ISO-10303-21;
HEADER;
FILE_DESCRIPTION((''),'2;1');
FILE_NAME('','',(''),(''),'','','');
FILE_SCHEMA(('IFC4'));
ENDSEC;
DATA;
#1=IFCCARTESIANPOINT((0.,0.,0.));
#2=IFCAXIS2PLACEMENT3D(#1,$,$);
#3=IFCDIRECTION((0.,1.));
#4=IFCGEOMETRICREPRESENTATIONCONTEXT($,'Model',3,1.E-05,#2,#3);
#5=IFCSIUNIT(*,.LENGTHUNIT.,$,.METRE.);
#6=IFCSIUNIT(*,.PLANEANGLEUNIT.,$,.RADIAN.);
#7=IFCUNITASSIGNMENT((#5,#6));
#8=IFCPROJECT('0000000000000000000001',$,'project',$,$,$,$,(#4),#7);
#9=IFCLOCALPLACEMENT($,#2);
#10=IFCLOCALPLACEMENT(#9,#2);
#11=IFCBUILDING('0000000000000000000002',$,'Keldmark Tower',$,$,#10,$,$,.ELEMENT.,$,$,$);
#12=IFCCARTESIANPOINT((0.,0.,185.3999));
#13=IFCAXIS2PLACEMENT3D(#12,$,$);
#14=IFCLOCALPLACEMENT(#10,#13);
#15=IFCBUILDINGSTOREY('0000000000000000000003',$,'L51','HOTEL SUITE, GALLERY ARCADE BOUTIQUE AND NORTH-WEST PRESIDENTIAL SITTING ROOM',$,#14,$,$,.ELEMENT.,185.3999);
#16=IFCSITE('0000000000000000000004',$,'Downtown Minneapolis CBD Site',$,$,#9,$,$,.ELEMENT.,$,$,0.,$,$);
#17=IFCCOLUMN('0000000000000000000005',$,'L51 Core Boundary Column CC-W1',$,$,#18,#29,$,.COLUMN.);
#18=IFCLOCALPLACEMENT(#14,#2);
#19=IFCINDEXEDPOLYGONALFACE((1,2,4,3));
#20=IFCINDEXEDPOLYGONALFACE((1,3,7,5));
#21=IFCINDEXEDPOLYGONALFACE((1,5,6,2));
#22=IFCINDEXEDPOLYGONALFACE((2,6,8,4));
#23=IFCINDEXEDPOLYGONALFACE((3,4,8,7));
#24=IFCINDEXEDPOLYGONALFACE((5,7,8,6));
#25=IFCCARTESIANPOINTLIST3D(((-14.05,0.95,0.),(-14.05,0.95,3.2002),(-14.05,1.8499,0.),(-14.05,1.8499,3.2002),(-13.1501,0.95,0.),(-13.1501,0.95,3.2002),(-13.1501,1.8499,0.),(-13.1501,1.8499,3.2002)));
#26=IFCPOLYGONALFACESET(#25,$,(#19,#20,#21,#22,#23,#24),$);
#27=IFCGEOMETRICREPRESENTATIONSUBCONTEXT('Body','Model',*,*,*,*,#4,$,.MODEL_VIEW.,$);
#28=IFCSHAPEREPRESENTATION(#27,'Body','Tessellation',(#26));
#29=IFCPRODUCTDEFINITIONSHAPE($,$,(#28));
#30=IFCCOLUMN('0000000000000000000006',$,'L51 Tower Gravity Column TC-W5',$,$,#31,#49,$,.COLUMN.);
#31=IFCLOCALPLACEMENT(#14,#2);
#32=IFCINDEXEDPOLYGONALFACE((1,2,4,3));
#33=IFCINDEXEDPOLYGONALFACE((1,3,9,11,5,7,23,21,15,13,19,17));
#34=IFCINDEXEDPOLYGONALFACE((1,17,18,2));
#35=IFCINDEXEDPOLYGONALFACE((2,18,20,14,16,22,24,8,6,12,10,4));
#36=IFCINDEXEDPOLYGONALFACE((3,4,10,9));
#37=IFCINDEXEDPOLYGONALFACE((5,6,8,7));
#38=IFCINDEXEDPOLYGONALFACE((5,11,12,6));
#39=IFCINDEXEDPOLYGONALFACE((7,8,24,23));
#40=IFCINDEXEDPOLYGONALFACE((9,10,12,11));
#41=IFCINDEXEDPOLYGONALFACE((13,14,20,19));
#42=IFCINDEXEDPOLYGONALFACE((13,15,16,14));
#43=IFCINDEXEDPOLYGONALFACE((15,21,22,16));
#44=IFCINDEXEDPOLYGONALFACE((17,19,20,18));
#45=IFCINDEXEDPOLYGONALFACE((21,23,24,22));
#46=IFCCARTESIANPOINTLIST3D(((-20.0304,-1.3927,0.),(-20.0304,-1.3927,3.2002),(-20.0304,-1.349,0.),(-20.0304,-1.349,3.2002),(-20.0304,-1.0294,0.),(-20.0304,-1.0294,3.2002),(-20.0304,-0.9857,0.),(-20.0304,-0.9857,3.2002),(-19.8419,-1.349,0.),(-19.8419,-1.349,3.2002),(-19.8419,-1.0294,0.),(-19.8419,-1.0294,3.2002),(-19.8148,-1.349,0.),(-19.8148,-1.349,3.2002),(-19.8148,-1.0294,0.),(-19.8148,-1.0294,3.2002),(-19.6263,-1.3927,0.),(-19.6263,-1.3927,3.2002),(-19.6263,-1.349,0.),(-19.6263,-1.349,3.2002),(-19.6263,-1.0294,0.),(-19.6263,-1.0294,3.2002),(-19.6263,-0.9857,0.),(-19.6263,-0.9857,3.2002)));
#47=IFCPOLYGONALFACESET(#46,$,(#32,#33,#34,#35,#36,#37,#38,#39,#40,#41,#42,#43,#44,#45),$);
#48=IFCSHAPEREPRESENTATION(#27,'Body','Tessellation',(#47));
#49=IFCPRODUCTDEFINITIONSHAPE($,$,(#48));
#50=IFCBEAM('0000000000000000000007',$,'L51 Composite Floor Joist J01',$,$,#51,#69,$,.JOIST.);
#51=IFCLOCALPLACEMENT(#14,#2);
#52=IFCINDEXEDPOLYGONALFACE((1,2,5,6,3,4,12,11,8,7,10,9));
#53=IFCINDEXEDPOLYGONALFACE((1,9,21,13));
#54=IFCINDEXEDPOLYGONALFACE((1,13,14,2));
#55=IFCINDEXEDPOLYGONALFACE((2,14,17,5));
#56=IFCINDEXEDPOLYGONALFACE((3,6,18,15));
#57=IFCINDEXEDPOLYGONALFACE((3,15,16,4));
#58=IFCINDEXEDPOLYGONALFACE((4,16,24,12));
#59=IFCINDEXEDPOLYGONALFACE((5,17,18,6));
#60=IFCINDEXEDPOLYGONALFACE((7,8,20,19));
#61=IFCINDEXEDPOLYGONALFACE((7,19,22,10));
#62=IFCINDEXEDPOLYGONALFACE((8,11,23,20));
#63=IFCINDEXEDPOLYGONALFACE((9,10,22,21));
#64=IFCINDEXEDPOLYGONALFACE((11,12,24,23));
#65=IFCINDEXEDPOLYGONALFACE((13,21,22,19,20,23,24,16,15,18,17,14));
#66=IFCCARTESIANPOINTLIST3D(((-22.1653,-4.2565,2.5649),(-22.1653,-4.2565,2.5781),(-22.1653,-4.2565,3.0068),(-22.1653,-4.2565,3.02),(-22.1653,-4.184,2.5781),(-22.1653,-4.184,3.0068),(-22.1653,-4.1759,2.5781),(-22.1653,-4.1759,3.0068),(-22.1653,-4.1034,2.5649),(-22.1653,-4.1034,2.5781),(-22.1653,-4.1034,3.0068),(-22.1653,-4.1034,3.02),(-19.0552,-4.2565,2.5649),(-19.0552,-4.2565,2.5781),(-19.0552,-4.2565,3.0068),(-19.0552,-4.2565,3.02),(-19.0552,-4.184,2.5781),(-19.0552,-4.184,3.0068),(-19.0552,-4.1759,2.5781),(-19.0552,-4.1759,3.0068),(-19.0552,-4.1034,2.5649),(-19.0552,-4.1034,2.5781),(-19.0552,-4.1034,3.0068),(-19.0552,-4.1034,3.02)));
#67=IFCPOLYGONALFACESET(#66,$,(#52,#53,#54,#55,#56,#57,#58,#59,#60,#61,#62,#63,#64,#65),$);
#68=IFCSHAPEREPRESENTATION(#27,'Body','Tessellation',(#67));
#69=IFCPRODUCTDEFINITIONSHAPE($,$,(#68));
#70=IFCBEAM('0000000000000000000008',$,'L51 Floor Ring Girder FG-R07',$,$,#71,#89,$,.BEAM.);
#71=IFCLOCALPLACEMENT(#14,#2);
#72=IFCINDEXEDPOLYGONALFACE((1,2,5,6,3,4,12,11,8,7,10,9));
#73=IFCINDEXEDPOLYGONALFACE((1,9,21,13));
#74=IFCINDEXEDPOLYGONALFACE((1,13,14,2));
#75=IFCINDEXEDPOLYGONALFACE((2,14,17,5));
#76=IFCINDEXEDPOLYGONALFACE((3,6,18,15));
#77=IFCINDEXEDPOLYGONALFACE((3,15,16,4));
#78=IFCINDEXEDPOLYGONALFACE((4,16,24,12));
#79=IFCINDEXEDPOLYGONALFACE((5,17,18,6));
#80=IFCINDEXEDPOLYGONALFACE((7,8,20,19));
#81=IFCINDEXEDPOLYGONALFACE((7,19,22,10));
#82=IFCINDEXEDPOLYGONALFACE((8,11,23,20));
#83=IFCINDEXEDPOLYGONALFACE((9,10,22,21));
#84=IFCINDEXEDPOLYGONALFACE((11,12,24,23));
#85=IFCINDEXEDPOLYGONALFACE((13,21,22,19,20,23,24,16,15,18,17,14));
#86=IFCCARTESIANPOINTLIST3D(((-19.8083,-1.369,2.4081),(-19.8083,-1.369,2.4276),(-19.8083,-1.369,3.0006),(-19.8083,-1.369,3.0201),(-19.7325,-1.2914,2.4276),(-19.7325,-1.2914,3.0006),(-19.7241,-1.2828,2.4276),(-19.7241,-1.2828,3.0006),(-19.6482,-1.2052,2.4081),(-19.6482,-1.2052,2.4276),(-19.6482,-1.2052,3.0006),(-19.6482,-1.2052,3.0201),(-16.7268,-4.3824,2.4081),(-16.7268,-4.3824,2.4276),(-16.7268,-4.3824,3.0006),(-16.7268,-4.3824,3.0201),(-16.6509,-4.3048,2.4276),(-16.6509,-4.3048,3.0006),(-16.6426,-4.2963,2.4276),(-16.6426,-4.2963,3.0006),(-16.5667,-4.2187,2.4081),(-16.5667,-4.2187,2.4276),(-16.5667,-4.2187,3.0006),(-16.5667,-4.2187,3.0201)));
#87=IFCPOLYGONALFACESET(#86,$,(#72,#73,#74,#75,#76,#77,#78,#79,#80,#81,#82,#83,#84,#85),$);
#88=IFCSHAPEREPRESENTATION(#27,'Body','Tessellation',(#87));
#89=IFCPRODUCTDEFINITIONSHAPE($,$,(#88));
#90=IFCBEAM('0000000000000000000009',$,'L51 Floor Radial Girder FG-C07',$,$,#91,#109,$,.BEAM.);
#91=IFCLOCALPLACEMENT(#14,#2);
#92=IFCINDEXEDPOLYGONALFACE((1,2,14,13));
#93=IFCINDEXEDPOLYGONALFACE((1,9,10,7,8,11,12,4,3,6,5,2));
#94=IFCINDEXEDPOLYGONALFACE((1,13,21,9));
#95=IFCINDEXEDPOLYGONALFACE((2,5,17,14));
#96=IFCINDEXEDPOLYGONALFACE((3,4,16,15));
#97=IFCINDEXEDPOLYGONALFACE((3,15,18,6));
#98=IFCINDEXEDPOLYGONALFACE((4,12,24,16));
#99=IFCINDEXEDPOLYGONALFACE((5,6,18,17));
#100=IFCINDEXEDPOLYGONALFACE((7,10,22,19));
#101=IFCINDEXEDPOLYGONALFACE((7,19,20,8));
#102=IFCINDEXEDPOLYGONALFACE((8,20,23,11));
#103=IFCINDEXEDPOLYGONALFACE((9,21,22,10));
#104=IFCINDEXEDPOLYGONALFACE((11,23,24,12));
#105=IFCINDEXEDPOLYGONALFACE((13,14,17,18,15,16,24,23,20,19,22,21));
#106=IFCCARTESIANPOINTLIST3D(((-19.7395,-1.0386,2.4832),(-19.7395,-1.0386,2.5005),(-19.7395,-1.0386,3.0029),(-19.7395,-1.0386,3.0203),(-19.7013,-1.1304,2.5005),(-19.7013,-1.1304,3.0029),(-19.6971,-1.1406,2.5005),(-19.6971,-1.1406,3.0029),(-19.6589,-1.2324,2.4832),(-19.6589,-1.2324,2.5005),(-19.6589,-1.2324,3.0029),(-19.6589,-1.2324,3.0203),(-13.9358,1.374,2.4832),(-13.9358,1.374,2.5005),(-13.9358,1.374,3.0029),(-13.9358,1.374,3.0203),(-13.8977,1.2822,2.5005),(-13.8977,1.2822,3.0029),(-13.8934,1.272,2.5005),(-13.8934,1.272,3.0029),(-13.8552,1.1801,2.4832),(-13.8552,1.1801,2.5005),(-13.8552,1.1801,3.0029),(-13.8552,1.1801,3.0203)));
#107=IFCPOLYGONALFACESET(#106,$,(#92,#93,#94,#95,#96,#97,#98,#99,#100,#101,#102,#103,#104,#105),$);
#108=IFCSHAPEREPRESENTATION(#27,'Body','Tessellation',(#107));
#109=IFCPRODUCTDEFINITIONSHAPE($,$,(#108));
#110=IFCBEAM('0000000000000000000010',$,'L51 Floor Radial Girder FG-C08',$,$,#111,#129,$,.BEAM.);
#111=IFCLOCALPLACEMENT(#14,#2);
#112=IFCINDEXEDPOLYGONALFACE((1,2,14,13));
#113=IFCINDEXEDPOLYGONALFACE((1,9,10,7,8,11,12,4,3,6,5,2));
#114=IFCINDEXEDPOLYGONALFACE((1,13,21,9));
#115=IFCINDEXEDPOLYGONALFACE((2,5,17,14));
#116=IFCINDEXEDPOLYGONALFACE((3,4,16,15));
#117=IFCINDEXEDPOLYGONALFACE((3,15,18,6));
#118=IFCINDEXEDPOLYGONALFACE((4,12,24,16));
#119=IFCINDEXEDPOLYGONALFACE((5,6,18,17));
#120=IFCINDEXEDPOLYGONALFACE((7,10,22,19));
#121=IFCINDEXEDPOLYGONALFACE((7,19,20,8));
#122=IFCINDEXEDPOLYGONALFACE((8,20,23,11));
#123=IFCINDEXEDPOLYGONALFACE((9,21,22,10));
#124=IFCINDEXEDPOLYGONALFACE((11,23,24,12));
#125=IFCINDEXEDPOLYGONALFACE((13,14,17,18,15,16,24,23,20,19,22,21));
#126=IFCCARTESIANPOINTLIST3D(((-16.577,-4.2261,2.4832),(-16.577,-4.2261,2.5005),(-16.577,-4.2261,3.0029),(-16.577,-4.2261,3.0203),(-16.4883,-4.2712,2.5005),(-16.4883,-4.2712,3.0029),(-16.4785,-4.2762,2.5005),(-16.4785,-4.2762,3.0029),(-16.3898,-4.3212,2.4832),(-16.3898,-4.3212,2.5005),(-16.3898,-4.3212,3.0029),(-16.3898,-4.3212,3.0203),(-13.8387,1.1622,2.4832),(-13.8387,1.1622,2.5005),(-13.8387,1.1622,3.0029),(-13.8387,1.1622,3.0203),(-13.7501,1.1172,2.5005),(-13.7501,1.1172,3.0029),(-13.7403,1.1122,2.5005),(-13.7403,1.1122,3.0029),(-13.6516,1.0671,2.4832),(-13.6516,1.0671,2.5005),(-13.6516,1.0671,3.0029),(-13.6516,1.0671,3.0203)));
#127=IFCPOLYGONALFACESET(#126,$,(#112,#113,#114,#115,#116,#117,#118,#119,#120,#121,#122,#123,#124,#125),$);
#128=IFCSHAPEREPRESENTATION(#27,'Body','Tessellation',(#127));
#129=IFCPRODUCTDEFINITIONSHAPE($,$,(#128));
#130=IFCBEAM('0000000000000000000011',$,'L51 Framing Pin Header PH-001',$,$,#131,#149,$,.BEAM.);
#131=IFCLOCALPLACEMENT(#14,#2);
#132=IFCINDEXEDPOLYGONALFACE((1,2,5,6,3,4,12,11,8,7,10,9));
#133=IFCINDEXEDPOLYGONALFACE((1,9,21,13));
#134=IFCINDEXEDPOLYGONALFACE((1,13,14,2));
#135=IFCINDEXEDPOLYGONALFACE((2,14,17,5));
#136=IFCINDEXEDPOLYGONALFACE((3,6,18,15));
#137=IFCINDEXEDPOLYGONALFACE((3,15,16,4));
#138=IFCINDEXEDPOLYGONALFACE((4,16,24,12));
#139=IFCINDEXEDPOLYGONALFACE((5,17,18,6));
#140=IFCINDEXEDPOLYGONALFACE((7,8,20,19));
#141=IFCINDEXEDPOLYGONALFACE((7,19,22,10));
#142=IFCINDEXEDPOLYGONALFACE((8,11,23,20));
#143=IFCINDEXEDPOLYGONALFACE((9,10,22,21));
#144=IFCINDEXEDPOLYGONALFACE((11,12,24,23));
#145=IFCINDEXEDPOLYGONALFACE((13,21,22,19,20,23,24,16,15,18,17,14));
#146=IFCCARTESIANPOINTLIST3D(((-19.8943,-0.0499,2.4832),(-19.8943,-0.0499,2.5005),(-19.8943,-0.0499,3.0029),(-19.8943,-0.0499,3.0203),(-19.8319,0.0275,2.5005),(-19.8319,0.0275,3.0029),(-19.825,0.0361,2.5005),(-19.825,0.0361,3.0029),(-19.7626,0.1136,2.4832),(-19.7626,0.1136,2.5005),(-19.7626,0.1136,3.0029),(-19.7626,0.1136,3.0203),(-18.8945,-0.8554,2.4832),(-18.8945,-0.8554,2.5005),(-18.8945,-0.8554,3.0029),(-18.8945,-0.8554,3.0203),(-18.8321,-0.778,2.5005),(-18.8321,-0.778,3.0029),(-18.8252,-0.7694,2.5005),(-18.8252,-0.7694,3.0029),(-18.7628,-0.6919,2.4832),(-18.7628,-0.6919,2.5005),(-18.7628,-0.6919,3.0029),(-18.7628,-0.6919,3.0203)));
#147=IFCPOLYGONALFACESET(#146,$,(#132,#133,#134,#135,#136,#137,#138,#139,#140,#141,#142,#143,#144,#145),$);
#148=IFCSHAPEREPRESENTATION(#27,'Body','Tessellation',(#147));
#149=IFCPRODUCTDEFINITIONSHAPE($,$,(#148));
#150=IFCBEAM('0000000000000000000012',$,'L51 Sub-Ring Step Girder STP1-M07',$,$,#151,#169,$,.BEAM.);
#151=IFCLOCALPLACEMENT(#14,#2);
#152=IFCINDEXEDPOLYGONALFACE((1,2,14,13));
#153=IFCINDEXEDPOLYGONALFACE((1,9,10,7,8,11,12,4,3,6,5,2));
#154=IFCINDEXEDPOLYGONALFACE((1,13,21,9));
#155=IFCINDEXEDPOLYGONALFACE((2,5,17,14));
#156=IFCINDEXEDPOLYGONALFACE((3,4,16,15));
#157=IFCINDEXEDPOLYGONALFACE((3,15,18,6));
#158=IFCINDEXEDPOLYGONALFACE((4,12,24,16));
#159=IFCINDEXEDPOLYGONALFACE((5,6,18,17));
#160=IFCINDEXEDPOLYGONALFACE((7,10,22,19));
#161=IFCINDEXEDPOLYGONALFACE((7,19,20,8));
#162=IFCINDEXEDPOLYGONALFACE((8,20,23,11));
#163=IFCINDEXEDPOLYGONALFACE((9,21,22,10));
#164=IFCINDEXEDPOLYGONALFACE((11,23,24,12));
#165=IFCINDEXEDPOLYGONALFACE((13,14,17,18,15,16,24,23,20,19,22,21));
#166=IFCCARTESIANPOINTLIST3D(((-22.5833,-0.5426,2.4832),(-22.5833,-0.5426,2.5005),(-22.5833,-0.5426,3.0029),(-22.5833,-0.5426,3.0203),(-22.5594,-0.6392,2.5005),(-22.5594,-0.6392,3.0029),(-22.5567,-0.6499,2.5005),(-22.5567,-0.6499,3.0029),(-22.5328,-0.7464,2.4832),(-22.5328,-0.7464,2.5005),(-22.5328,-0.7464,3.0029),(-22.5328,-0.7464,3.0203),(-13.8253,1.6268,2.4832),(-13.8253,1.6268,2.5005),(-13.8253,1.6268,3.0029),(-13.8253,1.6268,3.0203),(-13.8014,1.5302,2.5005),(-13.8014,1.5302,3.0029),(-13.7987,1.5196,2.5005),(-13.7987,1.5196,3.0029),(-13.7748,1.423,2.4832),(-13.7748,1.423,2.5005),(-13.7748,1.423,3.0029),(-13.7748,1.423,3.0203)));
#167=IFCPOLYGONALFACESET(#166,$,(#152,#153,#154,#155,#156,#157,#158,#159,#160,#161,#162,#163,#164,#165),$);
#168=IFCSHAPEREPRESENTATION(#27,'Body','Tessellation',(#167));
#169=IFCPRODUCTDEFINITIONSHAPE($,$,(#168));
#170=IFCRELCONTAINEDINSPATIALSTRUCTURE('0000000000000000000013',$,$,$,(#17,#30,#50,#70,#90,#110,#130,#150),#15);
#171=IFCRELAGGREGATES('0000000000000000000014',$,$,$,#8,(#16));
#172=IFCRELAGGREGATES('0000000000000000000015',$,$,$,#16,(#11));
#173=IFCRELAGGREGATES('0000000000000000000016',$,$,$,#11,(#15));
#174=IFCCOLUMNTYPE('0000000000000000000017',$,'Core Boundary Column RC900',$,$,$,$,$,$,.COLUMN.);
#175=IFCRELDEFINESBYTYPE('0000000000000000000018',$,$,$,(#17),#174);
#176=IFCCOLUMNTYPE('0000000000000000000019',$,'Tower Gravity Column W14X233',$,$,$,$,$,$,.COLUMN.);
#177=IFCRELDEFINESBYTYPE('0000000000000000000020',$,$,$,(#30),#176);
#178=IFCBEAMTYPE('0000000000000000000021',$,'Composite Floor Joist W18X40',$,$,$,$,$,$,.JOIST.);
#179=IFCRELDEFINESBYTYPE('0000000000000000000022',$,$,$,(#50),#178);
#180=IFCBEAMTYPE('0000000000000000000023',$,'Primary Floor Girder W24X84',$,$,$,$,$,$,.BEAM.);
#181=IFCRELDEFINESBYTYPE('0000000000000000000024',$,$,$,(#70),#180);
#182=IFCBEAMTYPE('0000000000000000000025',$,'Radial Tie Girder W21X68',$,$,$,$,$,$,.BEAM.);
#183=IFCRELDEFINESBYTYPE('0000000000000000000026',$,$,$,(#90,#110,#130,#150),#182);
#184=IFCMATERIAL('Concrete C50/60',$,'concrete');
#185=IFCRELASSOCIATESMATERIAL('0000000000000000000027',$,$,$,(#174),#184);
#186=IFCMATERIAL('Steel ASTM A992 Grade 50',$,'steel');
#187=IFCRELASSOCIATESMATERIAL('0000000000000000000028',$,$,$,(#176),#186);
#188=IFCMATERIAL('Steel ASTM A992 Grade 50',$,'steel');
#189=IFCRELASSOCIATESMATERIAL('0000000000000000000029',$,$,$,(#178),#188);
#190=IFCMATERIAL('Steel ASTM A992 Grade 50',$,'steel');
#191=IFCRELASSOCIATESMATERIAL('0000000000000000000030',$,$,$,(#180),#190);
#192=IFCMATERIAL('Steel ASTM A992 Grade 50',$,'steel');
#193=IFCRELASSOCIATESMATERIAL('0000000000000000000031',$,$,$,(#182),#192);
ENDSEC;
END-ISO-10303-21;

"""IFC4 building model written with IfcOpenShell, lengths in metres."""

from ifc_helpers import new_model, si_unit, direction, frame, origin, origin_2d, place, context, subcontext, project, spatial, rectangle, i_section, extrude, material, material_profile, profile_set, type_object, element, save


model = new_model("IFC4")

# Units and contexts
model_context = context("Model", 3, precision=1e-05, world=origin(), true_north=direction((0.0, 1.0)))
body_context = subcontext(model_context, "Body", "Model", "MODEL_VIEW")
ifc_project = project(units=[si_unit("LENGTHUNIT", "METRE"), si_unit("PLANEANGLEUNIT", "RADIAN")], contexts=[model_context])

# Site, building, storey
site_placement = place(None, origin())
site = spatial("IfcSite", under=ifc_project, at=site_placement, Name="Downtown Minneapolis CBD Site", CompositionType="ELEMENT", RefElevation=0.0)
building_placement = place(site_placement, origin())
building = spatial("IfcBuilding", under=site, at=building_placement, Name="Keldmark Tower", CompositionType="ELEMENT")
storey_placement = place(building_placement, frame((0.0, 0.0, 185.3999)))
storey = spatial("IfcBuildingStorey", under=building, at=storey_placement, Name="L51", Description="HOTEL SUITE, GALLERY ARCADE BOUTIQUE AND NORTH-WEST PRESIDENTIAL SITTING ROOM", CompositionType="ELEMENT", Elevation=185.3999)

# Columns
ifc_material_1 = material(Name="Concrete C50/60", Category="concrete")
ifc_material_profile_1 = material_profile(ifc_material_1, rectangle(XDim=0.8999, YDim=0.8999, at=origin_2d()), Name="RC900X900")
ifc_profile_set_1 = profile_set([ifc_material_profile_1], Name="Concrete C50/60")
column_type_1 = type_object("IfcColumnType", Name="Core Boundary Column RC900", PredefinedType="COLUMN", material=ifc_profile_set_1)
column_1_placement = place(storey_placement, frame((-13.6001, 1.3999, 0.0), z_axis=(0.0, 0.0, 1.0), x_axis=(1.0, 0.0, 0.0)))
element("IfcColumn", 1, at=column_1_placement, inside=storey, type_object=column_type_1, Name="L51 Core Boundary Column CC-W1", PredefinedType="COLUMN", context=body_context, shape_type="SweptSolid", body=[
    extrude(rectangle(XDim=0.8999, YDim=0.8999, at=origin_2d()), origin(), (0.0, 0.0, 1.0), 3.2002),
])
ifc_material_2 = material(Name="Steel ASTM A992 Grade 50", Category="steel")
ifc_material_profile_2 = material_profile(ifc_material_2, i_section(OverallWidth=0.4041, OverallDepth=0.407, WebThickness=0.0271, FlangeThickness=0.0437, at=origin_2d()), Name="W14X233")
ifc_profile_set_2 = profile_set([ifc_material_profile_2], Name="Steel ASTM A992 Grade 50")
column_type_2 = type_object("IfcColumnType", Name="Tower Gravity Column W14X233", PredefinedType="COLUMN", material=ifc_profile_set_2)
column_2_placement = place(storey_placement, frame((-19.8284, -1.1892, 0.0), z_axis=(0.0, 0.0, 1.0), x_axis=(1.0, 0.0, 0.0)))
element("IfcColumn", 2, at=column_2_placement, inside=storey, type_object=column_type_2, Name="L51 Tower Gravity Column TC-W5", PredefinedType="COLUMN", context=body_context, shape_type="SweptSolid", body=[
    extrude(i_section(OverallWidth=0.4041, OverallDepth=0.407, WebThickness=0.0271, FlangeThickness=0.0437, at=origin_2d()), origin(), (0.0, 0.0, 1.0), 3.2002),
])

# Beams
ifc_material_3 = material(Name="Steel ASTM A992 Grade 50", Category="steel")
ifc_material_profile_3 = material_profile(ifc_material_3, i_section(OverallWidth=0.1531, OverallDepth=0.4551, WebThickness=0.0081, FlangeThickness=0.0132, at=origin_2d()), Name="W18X40")
ifc_profile_set_3 = profile_set([ifc_material_profile_3], Name="Steel ASTM A992 Grade 50")
beam_type_1 = type_object("IfcBeamType", Name="Composite Floor Joist W18X40", PredefinedType="JOIST", material=ifc_profile_set_3)
beam_1_placement = place(storey_placement, frame((-22.1653, -4.1799, 2.7925), z_axis=(1.0, 0.0, 0.0), x_axis=(0.0, 1.0, 0.0)))
element("IfcBeam", 3, at=beam_1_placement, inside=storey, type_object=beam_type_1, Name="L51 Composite Floor Joist J01", PredefinedType="JOIST", context=body_context, shape_type="SweptSolid", body=[
    extrude(i_section(OverallWidth=0.1531, OverallDepth=0.4551, WebThickness=0.0081, FlangeThickness=0.0132, at=origin_2d()), origin(), (0.0, 0.0, 1.0), 3.1101),
])
ifc_material_4 = material(Name="Steel ASTM A992 Grade 50", Category="steel")
ifc_material_profile_4 = material_profile(ifc_material_4, i_section(OverallWidth=0.229, OverallDepth=0.6121, WebThickness=0.012, FlangeThickness=0.0195, at=origin_2d()), Name="W24X84")
ifc_profile_set_4 = profile_set([ifc_material_profile_4], Name="Steel ASTM A992 Grade 50")
beam_type_2 = type_object("IfcBeamType", Name="Primary Floor Girder W24X84", PredefinedType="BEAM", material=ifc_profile_set_4)
beam_2_placement = place(storey_placement, frame((-19.7283, -1.2871, 2.7141), z_axis=(0.714965, -0.699161, 0.0), x_axis=(0.699161, 0.714965, 0.0)))
element("IfcBeam", 4, at=beam_2_placement, inside=storey, type_object=beam_type_2, Name="L51 Floor Ring Girder FG-R07", PredefinedType="BEAM", context=body_context, shape_type="SweptSolid", body=[
    extrude(i_section(OverallWidth=0.229, OverallDepth=0.6121, WebThickness=0.012, FlangeThickness=0.0195, at=origin_2d()), origin(), (0.0, 0.0, 1.0), 4.3101),
])
ifc_material_5 = material(Name="Steel ASTM A992 Grade 50", Category="steel")
ifc_material_profile_5 = material_profile(ifc_material_5, i_section(OverallWidth=0.21, OverallDepth=0.5371, WebThickness=0.011, FlangeThickness=0.0173, at=origin_2d()), Name="W21X68")
ifc_profile_set_5 = profile_set([ifc_material_profile_5], Name="Steel ASTM A992 Grade 50")
beam_type_3 = type_object("IfcBeamType", Name="Radial Tie Girder W21X68", PredefinedType="BEAM", material=ifc_profile_set_5)
beam_3_placement = place(storey_placement, frame((-19.6992, -1.1355, 2.7517), z_axis=(0.923394, 0.383854, 0.0), x_axis=(-0.383854, 0.923394, 0.0)))
element("IfcBeam", 5, at=beam_3_placement, inside=storey, type_object=beam_type_3, Name="L51 Floor Radial Girder FG-C07", PredefinedType="BEAM", context=body_context, shape_type="SweptSolid", body=[
    extrude(i_section(OverallWidth=0.21, OverallDepth=0.5371, WebThickness=0.011, FlangeThickness=0.0173, at=origin_2d()), origin(), (0.0, 0.0, 1.0), 6.2852),
])
beam_4_placement = place(storey_placement, frame((-16.4834, -4.2737, 2.7517), z_axis=(0.453037, 0.891492, 0.0), x_axis=(-0.891492, 0.453037, 0.0)))
element("IfcBeam", 6, at=beam_4_placement, inside=storey, type_object=beam_type_3, Name="L51 Floor Radial Girder FG-C08", PredefinedType="BEAM", context=body_context, shape_type="SweptSolid", body=[
    extrude(i_section(OverallWidth=0.21, OverallDepth=0.5371, WebThickness=0.011, FlangeThickness=0.0173, at=origin_2d()), origin(), (0.0, 0.0, 1.0), 6.0442),
])
beam_5_placement = place(storey_placement, frame((-18.8286, -0.7737, 2.7517), z_axis=(-0.778731, 0.627358, 0.0), x_axis=(-0.627358, -0.778731, 0.0)))
element("IfcBeam", 7, at=beam_5_placement, inside=storey, type_object=beam_type_3, Name="L51 Framing Pin Header PH-001", PredefinedType="BEAM", context=body_context, shape_type="SweptSolid", body=[
    extrude(i_section(OverallWidth=0.21, OverallDepth=0.5371, WebThickness=0.011, FlangeThickness=0.0173, at=origin_2d()), origin(), (0.0, 0.0, 1.0), 1.2839),
])
beam_6_placement = place(storey_placement, frame((-13.8, 1.5249, 2.7517), z_axis=(-0.970664, -0.24044, 0.0), x_axis=(0.24044, -0.970664, 0.0)))
element("IfcBeam", 8, at=beam_6_placement, inside=storey, type_object=beam_type_3, Name="L51 Sub-Ring Step Girder STP1-M07", PredefinedType="BEAM", context=body_context, shape_type="SweptSolid", body=[
    extrude(i_section(OverallWidth=0.21, OverallDepth=0.5371, WebThickness=0.011, FlangeThickness=0.0173, at=origin_2d()), origin(), (0.0, 0.0, 1.0), 9.0227),
])

save(model, "model.ifc")
